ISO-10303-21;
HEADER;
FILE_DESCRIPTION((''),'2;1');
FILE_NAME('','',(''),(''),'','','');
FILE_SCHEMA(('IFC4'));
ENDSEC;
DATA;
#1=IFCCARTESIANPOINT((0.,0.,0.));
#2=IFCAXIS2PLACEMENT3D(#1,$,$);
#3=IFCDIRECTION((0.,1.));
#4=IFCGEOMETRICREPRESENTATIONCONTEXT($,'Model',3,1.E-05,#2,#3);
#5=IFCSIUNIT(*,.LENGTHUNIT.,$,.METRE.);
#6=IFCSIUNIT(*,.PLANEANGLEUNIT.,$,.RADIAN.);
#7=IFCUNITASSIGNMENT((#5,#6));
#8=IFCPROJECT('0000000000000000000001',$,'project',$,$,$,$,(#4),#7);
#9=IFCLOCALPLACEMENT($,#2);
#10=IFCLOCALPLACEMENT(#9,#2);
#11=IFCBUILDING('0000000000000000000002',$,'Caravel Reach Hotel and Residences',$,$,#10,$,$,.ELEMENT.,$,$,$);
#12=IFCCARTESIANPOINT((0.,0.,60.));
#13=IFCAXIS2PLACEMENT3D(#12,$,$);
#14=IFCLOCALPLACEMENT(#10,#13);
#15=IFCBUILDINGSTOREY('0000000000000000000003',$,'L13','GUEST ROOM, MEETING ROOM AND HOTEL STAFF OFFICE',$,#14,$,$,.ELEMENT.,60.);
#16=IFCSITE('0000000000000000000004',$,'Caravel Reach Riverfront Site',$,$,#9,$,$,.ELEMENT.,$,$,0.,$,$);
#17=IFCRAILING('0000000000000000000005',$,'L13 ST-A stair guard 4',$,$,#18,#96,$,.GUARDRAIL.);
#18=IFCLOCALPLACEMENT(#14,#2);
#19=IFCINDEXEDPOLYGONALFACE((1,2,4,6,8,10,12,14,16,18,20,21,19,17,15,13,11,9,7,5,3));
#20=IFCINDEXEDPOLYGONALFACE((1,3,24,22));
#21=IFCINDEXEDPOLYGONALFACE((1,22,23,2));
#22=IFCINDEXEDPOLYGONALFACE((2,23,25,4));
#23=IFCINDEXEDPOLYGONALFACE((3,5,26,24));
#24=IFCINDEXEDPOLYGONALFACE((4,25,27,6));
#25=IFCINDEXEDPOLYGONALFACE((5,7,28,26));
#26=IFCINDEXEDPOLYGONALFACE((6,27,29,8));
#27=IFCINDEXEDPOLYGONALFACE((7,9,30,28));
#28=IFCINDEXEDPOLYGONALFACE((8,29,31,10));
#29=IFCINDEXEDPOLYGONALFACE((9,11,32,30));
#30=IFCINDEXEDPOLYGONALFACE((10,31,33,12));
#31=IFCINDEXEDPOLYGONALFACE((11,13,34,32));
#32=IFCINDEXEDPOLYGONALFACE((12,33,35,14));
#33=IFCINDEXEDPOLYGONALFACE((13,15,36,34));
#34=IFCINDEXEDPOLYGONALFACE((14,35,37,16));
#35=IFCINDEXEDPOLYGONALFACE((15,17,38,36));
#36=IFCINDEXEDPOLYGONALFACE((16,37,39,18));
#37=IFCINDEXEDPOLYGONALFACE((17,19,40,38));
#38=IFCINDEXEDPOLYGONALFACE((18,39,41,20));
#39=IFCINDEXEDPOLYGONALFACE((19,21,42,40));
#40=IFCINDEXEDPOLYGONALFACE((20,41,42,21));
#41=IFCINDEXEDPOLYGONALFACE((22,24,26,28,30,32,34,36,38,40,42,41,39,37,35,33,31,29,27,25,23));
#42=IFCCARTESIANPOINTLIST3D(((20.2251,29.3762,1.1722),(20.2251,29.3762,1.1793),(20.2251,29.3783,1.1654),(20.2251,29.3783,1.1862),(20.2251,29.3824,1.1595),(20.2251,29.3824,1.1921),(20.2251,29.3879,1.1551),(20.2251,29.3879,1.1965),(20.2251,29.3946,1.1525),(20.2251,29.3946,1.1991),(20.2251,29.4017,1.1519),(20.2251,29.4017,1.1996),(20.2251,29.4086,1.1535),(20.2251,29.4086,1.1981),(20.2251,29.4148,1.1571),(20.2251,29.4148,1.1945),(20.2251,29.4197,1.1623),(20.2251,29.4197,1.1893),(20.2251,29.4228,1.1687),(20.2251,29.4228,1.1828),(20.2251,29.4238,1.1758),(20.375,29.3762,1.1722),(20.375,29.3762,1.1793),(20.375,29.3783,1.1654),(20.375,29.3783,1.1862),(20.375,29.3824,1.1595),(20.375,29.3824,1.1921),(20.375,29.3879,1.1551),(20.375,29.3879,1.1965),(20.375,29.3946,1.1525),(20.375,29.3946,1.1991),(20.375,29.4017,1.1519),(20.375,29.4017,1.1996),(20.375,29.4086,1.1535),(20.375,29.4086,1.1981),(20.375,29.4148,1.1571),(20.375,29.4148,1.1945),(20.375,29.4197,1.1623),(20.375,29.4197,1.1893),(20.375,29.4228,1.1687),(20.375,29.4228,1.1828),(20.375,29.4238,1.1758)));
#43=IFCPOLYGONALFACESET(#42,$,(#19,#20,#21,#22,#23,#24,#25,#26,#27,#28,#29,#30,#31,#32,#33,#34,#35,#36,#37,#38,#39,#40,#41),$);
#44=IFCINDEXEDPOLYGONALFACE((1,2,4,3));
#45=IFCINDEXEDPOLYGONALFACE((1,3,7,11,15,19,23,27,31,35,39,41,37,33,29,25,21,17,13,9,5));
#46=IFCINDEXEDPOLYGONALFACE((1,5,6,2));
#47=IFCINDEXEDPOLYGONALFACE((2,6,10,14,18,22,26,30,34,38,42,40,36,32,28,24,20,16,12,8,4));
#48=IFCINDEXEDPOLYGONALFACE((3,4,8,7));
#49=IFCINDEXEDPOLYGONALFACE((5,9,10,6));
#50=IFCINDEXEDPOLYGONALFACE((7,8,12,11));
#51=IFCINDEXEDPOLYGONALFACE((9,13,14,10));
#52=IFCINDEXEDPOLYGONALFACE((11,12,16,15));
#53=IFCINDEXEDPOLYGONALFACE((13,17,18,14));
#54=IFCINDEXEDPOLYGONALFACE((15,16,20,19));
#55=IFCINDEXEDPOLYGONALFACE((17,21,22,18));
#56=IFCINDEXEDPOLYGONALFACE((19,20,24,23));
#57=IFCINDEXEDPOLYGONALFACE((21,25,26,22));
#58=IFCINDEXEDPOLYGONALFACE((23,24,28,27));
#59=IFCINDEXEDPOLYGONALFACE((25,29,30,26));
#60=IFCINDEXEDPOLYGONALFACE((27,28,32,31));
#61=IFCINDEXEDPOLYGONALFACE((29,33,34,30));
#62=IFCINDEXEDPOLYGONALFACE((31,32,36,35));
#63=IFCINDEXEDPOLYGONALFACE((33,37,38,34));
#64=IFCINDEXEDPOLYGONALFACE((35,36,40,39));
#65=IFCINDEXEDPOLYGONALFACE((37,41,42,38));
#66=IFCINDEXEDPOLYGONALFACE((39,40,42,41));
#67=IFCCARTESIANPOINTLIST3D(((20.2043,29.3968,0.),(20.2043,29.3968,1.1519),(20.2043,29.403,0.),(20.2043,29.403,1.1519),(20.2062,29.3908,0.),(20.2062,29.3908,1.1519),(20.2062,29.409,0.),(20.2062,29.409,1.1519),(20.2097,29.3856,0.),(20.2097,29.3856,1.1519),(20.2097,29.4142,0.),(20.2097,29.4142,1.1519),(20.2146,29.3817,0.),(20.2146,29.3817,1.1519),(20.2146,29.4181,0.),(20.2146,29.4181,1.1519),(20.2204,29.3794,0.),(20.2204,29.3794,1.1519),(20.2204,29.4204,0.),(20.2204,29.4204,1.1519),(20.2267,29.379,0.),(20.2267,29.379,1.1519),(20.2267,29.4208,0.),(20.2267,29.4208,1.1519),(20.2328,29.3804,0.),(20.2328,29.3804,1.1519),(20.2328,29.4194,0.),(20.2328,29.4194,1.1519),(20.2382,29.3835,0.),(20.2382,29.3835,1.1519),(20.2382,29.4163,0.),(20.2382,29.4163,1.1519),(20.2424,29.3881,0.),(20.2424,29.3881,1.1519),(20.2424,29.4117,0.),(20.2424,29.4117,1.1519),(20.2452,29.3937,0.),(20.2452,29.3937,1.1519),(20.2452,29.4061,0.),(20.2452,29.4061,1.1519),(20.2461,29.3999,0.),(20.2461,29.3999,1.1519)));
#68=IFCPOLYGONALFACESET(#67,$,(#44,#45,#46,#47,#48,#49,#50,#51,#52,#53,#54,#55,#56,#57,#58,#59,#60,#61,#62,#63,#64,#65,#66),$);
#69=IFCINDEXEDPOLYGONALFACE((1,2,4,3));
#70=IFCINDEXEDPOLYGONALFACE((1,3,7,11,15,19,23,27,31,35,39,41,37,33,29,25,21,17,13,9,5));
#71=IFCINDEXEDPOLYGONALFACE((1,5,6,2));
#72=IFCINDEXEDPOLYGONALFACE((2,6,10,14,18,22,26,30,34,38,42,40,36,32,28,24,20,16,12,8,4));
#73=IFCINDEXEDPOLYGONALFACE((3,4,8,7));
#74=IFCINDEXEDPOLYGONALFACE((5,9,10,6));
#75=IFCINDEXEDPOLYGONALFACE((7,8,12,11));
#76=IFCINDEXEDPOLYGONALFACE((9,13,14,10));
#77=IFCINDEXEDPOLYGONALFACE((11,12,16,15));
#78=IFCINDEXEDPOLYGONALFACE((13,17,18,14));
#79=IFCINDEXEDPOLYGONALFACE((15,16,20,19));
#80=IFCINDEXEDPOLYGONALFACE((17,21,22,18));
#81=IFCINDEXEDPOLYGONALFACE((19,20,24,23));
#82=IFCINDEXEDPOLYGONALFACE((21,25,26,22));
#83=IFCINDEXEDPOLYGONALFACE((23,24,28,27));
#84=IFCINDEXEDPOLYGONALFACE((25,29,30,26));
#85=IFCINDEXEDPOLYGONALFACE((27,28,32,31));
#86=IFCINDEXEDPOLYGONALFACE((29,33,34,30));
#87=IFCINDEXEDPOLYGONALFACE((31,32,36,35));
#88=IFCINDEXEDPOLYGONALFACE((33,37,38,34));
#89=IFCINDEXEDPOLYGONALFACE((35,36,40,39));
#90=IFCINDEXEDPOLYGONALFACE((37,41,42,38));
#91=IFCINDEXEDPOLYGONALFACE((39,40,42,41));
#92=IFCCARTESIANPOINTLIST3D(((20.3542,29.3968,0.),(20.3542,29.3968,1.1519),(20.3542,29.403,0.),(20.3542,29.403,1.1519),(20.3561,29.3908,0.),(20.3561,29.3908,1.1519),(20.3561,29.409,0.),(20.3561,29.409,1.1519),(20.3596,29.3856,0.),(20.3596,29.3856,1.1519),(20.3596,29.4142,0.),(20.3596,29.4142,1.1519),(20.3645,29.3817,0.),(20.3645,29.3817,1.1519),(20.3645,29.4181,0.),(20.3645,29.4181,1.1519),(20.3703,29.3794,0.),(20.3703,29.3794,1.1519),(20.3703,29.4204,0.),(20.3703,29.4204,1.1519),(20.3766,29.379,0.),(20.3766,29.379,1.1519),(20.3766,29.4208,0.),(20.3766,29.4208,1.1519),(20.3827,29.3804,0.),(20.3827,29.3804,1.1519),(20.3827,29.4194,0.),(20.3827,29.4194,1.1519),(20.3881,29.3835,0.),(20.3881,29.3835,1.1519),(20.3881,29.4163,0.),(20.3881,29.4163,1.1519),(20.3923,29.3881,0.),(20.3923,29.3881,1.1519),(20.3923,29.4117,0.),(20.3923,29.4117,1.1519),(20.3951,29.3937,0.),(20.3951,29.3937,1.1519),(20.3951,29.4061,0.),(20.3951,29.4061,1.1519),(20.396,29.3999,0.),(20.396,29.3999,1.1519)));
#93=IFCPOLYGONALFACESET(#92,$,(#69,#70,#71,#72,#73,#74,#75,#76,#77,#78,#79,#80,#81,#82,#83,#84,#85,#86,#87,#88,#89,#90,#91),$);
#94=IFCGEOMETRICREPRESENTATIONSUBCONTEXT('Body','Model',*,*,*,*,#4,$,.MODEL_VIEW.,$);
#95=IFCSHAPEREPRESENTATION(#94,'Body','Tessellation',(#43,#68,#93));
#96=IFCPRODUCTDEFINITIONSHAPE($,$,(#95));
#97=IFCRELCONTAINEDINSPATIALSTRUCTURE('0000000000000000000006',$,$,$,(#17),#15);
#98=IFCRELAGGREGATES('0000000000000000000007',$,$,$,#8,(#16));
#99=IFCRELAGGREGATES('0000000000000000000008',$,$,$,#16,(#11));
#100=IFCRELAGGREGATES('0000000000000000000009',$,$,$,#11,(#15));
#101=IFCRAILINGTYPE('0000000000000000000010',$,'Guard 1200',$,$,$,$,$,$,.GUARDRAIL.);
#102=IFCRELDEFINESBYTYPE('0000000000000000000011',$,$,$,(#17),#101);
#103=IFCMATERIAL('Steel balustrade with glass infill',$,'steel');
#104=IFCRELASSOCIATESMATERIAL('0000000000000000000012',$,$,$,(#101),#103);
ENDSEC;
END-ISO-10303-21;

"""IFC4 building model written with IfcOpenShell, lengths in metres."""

from ifc_helpers import new_model, si_unit, direction, frame, origin, origin_2d, place, context, subcontext, project, spatial, circle, extrude, material, type_object, element, save


model = new_model("IFC4")

# Units and contexts
model_context = context("Model", 3, precision=1e-05, world=origin(), true_north=direction((0.0, 1.0)))
body_context = subcontext(model_context, "Body", "Model", "MODEL_VIEW")
ifc_project = project(units=[si_unit("LENGTHUNIT", "METRE"), si_unit("PLANEANGLEUNIT", "RADIAN")], contexts=[model_context])

# Site, building, storey
site_placement = place(None, origin())
site = spatial("IfcSite", under=ifc_project, at=site_placement, Name="Caravel Reach Riverfront Site", CompositionType="ELEMENT", RefElevation=0.0)
building_placement = place(site_placement, origin())
building = spatial("IfcBuilding", under=site, at=building_placement, Name="Caravel Reach Hotel and Residences", CompositionType="ELEMENT")
storey_placement = place(building_placement, frame((0.0, 0.0, 60.0)))
storey = spatial("IfcBuildingStorey", under=building, at=storey_placement, Name="L13", Description="GUEST ROOM, MEETING ROOM AND HOTEL STAFF OFFICE", CompositionType="ELEMENT", Elevation=60.0)

# Railing
ifc_material_1 = material(Name="Steel balustrade with glass infill", Category="steel")
railing_type_1 = type_object("IfcRailingType", Name="Guard 1200", PredefinedType="GUARDRAIL", material=ifc_material_1)
railing_1_placement = place(storey_placement, frame((20.2251, 29.3999, 0.0)))
element("IfcRailing", 1, at=railing_1_placement, inside=storey, type_object=railing_type_1, Name="L13 ST-A stair guard 4", PredefinedType="GUARDRAIL", context=body_context, shape_type="SweptSolid", body=[
    extrude(circle(Radius=0.0239, at=origin_2d()), frame((0.0, 0.0, 1.1758), z_axis=(1.0, 0.0, 0.0), x_axis=(0.0, 1.0, 0.0)), (0.0, 0.0, 1.0), 0.1499),
    extrude(circle(Radius=0.021, at=origin_2d()), origin(), (0.0, 0.0, 1.0), 1.1519),
    extrude(circle(Radius=0.021, at=origin_2d()), frame((0.1499, 0.0, 0.0)), (0.0, 0.0, 1.0), 1.1519),
])

save(model, "model.ifc")
